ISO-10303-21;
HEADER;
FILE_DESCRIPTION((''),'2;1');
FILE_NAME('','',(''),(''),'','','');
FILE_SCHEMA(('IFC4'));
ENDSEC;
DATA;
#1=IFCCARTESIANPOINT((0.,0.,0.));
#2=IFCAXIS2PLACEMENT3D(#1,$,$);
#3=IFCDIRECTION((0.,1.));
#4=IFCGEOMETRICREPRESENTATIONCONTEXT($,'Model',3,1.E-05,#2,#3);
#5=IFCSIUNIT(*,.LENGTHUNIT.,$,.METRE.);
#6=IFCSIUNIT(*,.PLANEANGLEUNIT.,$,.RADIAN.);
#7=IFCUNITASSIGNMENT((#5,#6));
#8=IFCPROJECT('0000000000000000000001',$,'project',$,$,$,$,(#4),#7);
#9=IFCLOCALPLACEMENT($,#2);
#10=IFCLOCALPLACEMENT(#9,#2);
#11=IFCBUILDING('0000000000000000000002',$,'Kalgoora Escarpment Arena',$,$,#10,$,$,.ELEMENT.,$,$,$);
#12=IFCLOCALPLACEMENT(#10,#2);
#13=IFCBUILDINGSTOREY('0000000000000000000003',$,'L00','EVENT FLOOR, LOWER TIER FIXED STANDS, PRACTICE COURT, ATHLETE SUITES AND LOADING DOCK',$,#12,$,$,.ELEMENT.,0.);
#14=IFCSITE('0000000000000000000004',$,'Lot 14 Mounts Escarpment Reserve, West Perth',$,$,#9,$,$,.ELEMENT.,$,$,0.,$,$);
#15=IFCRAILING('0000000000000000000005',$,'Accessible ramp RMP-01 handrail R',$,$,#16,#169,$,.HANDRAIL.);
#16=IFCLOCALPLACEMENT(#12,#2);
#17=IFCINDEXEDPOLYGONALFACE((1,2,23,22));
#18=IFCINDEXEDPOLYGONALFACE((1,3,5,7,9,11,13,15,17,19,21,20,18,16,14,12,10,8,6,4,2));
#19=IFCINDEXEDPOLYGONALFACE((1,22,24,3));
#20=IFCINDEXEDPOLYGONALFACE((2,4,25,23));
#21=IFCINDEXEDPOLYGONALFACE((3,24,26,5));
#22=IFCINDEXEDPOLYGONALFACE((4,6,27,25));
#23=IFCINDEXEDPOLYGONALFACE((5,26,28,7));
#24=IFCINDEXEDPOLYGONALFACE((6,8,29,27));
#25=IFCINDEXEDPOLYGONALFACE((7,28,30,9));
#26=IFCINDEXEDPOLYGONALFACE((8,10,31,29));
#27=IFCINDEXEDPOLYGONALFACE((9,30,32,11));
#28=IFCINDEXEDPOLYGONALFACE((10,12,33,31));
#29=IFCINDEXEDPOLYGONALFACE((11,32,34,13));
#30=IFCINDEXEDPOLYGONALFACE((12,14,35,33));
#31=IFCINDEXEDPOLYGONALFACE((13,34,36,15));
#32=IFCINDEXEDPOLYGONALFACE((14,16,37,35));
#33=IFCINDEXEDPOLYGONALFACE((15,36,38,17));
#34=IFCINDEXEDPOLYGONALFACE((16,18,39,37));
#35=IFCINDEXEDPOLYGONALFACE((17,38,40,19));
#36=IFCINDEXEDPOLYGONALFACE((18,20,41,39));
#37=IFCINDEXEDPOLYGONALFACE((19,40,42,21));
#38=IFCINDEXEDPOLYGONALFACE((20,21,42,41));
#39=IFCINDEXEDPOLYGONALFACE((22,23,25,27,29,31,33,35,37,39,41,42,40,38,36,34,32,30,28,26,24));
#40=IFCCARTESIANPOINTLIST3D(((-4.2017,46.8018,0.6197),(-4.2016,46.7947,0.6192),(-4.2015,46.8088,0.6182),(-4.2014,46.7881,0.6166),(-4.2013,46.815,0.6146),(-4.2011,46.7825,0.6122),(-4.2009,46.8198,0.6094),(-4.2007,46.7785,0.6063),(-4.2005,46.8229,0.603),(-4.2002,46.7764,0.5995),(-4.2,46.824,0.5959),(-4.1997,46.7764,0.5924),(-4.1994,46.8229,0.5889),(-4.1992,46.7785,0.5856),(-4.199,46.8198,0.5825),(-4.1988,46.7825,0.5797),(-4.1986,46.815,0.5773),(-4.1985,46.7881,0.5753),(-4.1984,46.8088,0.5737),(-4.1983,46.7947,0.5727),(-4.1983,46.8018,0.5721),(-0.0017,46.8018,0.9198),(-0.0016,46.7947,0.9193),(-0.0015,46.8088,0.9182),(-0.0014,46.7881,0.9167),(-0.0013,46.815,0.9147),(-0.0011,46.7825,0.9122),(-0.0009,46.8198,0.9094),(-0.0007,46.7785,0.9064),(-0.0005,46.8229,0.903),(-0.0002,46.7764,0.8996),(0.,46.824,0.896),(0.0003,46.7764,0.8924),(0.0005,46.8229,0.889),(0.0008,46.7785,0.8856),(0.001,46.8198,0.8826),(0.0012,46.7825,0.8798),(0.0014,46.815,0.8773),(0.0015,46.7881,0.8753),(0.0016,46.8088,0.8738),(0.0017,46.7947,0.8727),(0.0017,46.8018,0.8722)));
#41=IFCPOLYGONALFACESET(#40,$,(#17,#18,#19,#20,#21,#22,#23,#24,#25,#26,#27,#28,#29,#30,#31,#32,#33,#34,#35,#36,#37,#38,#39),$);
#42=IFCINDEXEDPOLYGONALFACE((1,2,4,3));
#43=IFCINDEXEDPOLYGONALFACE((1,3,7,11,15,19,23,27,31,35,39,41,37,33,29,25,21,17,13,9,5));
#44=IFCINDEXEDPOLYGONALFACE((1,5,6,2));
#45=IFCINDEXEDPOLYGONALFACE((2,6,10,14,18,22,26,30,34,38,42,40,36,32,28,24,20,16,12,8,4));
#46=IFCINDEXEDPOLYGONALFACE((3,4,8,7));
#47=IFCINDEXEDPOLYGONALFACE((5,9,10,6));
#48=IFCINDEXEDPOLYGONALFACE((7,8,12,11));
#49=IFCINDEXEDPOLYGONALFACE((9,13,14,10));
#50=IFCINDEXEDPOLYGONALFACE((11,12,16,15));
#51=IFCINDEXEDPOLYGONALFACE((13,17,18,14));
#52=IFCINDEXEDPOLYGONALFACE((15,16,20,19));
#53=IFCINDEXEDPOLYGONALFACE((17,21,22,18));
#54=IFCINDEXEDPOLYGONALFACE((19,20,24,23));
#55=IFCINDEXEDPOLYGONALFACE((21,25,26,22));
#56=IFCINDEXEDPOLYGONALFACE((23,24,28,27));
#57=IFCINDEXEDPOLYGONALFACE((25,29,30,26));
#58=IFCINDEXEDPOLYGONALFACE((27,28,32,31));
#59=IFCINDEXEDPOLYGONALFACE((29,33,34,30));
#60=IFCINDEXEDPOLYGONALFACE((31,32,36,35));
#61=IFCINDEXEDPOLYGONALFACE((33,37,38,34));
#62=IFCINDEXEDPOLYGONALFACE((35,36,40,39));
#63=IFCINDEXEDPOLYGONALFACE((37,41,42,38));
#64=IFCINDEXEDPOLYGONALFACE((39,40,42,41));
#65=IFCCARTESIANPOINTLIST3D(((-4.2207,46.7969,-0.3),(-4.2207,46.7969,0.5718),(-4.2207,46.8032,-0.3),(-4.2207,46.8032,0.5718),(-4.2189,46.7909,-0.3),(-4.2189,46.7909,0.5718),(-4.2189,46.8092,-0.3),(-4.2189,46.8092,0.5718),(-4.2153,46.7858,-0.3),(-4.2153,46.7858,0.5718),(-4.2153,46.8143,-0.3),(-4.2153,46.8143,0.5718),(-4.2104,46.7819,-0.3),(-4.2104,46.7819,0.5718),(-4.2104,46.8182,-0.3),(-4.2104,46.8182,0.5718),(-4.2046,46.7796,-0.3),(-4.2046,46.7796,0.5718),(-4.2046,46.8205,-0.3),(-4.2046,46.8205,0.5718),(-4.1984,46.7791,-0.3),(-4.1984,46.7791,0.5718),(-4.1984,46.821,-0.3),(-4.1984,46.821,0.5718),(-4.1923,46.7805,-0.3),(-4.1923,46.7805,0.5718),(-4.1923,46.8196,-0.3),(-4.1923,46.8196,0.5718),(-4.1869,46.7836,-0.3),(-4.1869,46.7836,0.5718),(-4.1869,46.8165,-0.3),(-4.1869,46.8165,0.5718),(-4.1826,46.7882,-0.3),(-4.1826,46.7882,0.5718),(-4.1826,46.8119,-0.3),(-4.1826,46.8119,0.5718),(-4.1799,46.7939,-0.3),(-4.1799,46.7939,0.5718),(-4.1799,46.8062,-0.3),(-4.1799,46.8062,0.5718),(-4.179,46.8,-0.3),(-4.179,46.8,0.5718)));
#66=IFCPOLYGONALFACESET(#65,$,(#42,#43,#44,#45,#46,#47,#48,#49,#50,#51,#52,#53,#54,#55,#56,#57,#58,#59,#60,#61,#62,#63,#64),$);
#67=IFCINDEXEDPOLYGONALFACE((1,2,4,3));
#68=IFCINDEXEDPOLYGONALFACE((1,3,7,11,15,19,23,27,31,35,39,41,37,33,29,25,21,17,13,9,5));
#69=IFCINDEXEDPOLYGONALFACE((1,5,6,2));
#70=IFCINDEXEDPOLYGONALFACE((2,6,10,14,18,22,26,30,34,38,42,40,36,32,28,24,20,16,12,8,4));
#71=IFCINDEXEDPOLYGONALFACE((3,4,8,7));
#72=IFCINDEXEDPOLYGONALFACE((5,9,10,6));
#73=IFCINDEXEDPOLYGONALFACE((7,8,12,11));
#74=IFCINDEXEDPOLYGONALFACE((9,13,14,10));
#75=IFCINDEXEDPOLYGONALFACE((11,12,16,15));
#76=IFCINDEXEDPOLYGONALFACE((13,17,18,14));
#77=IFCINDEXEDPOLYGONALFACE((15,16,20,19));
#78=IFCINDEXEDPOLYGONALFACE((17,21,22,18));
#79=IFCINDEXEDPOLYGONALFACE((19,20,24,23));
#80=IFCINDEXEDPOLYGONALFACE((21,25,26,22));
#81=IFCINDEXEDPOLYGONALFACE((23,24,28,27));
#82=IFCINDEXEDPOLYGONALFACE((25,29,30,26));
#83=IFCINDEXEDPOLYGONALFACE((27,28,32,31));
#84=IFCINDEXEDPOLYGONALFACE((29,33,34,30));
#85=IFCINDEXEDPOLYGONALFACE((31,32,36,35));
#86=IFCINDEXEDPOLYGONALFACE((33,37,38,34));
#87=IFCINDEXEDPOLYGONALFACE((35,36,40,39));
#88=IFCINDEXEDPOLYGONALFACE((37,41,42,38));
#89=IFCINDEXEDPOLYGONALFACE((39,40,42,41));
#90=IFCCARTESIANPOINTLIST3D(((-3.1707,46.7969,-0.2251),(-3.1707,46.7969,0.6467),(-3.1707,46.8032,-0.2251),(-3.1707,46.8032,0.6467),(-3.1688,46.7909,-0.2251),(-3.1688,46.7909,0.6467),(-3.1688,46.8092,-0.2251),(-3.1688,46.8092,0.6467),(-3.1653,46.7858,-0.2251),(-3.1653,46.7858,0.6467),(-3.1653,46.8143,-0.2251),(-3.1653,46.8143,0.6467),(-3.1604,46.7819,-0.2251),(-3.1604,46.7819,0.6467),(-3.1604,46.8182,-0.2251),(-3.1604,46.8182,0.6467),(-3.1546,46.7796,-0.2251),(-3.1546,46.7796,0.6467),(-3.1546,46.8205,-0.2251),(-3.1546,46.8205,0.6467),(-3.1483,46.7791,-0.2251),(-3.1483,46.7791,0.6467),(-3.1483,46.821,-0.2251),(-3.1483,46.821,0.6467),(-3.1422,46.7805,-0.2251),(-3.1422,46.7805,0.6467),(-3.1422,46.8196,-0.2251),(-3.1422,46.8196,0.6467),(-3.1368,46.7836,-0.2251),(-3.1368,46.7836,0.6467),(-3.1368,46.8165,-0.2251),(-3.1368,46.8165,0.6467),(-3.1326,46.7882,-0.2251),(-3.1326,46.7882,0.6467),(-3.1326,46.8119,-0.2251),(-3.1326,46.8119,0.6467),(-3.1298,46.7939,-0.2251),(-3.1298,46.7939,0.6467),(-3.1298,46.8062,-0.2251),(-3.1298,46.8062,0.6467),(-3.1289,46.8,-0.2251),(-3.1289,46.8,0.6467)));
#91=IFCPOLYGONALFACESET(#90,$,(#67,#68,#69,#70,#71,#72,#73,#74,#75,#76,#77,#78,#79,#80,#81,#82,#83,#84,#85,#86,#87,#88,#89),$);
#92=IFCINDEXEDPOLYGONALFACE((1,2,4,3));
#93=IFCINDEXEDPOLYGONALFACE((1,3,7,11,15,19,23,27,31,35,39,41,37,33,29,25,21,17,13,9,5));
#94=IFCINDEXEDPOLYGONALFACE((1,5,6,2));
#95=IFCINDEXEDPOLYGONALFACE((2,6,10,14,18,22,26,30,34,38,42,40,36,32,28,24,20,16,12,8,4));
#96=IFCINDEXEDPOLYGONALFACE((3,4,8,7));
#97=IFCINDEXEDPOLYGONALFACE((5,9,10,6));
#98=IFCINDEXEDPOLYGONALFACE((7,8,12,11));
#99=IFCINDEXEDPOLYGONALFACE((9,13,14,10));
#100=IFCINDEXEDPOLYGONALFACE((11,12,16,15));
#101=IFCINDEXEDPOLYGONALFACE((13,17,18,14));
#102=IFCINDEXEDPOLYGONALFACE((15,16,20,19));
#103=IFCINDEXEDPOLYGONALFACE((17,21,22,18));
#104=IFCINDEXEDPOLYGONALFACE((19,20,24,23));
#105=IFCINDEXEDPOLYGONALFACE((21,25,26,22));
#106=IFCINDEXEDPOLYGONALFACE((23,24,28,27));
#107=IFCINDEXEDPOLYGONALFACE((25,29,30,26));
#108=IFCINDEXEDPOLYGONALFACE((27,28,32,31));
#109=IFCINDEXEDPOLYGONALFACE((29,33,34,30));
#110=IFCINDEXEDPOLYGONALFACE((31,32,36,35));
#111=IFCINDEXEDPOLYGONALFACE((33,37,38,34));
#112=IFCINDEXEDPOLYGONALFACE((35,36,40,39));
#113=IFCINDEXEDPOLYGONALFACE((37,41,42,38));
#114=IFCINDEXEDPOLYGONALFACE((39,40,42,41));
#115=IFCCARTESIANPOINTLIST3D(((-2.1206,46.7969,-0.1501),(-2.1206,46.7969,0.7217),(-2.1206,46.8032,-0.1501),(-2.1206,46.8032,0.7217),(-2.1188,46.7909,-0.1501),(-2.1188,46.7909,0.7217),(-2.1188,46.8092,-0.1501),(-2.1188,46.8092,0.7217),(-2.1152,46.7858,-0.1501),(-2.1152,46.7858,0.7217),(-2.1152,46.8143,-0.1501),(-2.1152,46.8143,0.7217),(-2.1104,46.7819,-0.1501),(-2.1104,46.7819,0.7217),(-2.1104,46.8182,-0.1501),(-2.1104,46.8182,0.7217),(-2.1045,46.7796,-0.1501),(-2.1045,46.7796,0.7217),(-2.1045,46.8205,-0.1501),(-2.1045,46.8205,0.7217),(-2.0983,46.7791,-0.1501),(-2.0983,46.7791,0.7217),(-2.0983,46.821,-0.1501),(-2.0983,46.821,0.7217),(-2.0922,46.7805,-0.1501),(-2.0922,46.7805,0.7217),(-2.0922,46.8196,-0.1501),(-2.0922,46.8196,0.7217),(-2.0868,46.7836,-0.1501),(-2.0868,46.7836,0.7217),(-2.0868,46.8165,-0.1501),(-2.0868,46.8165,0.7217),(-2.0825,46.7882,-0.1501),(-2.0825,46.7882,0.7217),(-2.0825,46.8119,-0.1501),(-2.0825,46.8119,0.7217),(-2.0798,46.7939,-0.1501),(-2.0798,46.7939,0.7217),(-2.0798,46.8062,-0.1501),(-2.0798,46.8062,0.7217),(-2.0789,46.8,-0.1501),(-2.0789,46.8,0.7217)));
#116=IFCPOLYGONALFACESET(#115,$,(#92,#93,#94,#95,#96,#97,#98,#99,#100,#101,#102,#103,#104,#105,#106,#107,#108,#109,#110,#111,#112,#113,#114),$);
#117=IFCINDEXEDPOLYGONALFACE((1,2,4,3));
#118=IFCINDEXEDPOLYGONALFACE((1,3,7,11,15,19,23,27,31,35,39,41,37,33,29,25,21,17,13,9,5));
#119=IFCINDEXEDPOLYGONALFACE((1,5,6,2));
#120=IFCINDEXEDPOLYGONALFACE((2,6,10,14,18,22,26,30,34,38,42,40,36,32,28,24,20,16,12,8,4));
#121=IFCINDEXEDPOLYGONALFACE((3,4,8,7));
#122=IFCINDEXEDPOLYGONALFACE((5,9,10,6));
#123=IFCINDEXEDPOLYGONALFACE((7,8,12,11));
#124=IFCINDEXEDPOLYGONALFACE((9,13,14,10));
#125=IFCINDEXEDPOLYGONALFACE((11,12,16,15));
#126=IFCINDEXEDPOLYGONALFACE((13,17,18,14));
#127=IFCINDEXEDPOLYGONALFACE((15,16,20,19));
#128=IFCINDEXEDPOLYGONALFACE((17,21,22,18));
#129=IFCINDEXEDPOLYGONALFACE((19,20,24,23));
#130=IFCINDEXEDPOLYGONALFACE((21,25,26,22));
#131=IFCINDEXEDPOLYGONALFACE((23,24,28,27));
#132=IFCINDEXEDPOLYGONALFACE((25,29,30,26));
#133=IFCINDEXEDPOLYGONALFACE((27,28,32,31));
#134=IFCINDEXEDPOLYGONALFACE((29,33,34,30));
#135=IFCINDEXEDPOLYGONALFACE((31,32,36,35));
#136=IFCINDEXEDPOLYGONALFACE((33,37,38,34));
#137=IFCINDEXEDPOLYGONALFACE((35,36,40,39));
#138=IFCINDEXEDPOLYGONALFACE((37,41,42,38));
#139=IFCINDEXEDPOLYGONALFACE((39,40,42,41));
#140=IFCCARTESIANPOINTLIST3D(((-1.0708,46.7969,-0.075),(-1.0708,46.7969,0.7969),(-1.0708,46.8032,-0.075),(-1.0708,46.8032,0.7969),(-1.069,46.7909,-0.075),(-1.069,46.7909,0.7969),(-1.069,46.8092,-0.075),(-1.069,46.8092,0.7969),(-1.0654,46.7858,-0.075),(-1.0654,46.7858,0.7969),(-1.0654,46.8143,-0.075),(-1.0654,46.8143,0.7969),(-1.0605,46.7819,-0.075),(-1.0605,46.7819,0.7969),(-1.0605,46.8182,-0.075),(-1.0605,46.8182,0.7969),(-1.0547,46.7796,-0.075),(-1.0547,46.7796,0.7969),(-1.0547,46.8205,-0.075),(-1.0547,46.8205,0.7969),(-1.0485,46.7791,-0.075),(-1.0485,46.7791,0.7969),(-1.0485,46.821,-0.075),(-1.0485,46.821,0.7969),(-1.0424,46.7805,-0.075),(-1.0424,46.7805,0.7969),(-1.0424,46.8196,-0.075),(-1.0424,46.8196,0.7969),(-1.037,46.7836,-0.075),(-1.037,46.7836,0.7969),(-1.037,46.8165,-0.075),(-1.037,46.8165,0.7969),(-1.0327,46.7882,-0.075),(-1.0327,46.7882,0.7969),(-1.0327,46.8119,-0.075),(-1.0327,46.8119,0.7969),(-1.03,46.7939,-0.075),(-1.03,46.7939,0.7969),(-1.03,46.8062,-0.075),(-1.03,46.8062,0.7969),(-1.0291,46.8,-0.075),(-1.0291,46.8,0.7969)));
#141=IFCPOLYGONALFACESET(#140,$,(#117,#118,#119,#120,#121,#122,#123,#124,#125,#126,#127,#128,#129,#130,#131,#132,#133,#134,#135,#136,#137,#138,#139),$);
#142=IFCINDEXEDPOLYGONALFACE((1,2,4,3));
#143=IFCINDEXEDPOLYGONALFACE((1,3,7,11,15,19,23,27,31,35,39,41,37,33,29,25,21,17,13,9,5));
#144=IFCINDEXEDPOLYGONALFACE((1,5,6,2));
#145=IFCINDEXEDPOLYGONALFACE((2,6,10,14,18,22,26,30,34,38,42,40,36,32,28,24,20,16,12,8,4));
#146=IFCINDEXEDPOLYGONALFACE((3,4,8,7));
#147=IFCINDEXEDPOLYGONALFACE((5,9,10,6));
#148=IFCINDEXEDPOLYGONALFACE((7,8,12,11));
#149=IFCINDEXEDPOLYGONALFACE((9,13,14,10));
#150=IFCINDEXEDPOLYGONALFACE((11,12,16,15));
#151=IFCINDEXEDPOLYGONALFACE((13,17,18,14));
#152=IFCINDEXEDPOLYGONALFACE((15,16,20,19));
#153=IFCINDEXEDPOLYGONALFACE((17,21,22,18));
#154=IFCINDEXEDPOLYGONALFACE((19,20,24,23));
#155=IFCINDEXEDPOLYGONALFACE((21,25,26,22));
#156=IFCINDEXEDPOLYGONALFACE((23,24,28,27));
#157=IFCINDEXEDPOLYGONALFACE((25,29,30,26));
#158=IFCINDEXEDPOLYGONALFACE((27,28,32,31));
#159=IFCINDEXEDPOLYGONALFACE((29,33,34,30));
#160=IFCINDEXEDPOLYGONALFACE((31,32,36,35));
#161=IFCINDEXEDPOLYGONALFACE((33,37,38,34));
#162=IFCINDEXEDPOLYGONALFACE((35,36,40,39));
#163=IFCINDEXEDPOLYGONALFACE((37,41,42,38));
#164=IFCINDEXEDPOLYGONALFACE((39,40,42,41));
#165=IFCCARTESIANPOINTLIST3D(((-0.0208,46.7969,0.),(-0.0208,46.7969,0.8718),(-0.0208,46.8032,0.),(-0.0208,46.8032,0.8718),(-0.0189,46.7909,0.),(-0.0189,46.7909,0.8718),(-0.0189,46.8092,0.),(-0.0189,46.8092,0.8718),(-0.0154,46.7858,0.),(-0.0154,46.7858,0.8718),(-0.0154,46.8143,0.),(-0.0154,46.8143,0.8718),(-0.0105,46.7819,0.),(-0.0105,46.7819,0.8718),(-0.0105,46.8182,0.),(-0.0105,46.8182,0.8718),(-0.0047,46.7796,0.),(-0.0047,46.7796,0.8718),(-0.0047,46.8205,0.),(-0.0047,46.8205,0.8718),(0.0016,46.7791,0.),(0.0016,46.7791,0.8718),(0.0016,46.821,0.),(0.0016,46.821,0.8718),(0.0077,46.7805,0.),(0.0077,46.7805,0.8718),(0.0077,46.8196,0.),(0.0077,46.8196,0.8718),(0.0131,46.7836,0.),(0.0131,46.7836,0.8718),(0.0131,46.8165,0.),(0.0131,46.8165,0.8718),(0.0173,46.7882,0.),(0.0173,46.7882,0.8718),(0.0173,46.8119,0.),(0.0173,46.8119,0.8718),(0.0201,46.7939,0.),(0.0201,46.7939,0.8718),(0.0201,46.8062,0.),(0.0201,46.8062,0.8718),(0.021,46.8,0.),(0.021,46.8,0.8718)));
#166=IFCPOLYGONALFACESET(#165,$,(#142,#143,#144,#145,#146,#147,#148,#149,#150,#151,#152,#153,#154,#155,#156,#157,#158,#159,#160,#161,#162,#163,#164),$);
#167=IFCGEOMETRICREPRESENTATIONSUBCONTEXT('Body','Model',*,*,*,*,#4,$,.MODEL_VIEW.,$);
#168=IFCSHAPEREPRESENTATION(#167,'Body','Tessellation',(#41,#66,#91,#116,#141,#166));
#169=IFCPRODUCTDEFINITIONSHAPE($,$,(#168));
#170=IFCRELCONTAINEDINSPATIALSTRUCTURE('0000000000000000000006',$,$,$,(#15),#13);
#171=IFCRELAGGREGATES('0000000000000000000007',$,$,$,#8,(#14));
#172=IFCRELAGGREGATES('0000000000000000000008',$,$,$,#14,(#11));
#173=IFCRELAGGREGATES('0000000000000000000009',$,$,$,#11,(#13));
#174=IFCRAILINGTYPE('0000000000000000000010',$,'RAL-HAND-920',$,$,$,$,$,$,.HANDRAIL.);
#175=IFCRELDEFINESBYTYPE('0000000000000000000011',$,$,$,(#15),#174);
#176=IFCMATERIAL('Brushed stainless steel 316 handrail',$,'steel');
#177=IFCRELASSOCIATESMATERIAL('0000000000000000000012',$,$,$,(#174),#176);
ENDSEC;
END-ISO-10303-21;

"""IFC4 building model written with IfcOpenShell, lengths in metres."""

from ifc_helpers import new_model, si_unit, direction, frame, origin, origin_2d, place, context, subcontext, project, spatial, circle, extrude, material, type_object, element, save


model = new_model("IFC4")

# Units and contexts
model_context = context("Model", 3, precision=1e-05, world=origin(), true_north=direction((0.0, 1.0)))
body_context = subcontext(model_context, "Body", "Model", "MODEL_VIEW")
ifc_project = project(units=[si_unit("LENGTHUNIT", "METRE"), si_unit("PLANEANGLEUNIT", "RADIAN")], contexts=[model_context])

# Site, building, storey
site_placement = place(None, origin())
site = spatial("IfcSite", under=ifc_project, at=site_placement, Name="Lot 14 Mounts Escarpment Reserve, West Perth", CompositionType="ELEMENT", RefElevation=0.0)
building_placement = place(site_placement, origin())
building = spatial("IfcBuilding", under=site, at=building_placement, Name="Kalgoora Escarpment Arena", CompositionType="ELEMENT")
storey_placement = place(building_placement, origin())
storey = spatial("IfcBuildingStorey", under=building, at=storey_placement, Name="L00", Description="EVENT FLOOR, LOWER TIER FIXED STANDS, PRACTICE COURT, ATHLETE SUITES AND LOADING DOCK", CompositionType="ELEMENT", Elevation=0.0)

# Railing
ifc_material_1 = material(Name="Brushed stainless steel 316 handrail", Category="steel")
railing_type = type_object("IfcRailingType", Name="RAL-HAND-920", PredefinedType="HANDRAIL", material=ifc_material_1)
for number, where, name in (
    (1, (-4.2, 46.8, -0.3), "Accessible ramp RMP-01 handrail R"),
):
    element("IfcRailing", number, at=place(storey_placement, frame(where)), inside=storey, type_object=railing_type, Name=name, PredefinedType="HANDRAIL", context=body_context, shape_type="SweptSolid", body=[
        extrude(circle(Radius=0.0239, at=origin_2d()), frame((0.0, 0.0, 0.896), z_axis=(0.997458, 0.0, 0.071259), x_axis=(0.0, 1.0, 0.0)), (0.0, 0.0, 1.0), 4.2107),
        extrude(circle(Radius=0.021, at=origin_2d()), origin(), (0.0, 0.0, 1.0), 0.8718),
        extrude(circle(Radius=0.021, at=origin_2d()), frame((1.05, 0.0, 0.075)), (0.0, 0.0, 1.0), 0.8718),
        extrude(circle(Radius=0.021, at=origin_2d()), frame((2.1001, 0.0, 0.1499)), (0.0, 0.0, 1.0), 0.8718),
        extrude(circle(Radius=0.021, at=origin_2d()), frame((3.1499, 0.0, 0.2251)), (0.0, 0.0, 1.0), 0.8718),
        extrude(circle(Radius=0.021, at=origin_2d()), frame((4.2, 0.0, 0.3)), (0.0, 0.0, 1.0), 0.8718),
    ])

save(model, "model.ifc")
